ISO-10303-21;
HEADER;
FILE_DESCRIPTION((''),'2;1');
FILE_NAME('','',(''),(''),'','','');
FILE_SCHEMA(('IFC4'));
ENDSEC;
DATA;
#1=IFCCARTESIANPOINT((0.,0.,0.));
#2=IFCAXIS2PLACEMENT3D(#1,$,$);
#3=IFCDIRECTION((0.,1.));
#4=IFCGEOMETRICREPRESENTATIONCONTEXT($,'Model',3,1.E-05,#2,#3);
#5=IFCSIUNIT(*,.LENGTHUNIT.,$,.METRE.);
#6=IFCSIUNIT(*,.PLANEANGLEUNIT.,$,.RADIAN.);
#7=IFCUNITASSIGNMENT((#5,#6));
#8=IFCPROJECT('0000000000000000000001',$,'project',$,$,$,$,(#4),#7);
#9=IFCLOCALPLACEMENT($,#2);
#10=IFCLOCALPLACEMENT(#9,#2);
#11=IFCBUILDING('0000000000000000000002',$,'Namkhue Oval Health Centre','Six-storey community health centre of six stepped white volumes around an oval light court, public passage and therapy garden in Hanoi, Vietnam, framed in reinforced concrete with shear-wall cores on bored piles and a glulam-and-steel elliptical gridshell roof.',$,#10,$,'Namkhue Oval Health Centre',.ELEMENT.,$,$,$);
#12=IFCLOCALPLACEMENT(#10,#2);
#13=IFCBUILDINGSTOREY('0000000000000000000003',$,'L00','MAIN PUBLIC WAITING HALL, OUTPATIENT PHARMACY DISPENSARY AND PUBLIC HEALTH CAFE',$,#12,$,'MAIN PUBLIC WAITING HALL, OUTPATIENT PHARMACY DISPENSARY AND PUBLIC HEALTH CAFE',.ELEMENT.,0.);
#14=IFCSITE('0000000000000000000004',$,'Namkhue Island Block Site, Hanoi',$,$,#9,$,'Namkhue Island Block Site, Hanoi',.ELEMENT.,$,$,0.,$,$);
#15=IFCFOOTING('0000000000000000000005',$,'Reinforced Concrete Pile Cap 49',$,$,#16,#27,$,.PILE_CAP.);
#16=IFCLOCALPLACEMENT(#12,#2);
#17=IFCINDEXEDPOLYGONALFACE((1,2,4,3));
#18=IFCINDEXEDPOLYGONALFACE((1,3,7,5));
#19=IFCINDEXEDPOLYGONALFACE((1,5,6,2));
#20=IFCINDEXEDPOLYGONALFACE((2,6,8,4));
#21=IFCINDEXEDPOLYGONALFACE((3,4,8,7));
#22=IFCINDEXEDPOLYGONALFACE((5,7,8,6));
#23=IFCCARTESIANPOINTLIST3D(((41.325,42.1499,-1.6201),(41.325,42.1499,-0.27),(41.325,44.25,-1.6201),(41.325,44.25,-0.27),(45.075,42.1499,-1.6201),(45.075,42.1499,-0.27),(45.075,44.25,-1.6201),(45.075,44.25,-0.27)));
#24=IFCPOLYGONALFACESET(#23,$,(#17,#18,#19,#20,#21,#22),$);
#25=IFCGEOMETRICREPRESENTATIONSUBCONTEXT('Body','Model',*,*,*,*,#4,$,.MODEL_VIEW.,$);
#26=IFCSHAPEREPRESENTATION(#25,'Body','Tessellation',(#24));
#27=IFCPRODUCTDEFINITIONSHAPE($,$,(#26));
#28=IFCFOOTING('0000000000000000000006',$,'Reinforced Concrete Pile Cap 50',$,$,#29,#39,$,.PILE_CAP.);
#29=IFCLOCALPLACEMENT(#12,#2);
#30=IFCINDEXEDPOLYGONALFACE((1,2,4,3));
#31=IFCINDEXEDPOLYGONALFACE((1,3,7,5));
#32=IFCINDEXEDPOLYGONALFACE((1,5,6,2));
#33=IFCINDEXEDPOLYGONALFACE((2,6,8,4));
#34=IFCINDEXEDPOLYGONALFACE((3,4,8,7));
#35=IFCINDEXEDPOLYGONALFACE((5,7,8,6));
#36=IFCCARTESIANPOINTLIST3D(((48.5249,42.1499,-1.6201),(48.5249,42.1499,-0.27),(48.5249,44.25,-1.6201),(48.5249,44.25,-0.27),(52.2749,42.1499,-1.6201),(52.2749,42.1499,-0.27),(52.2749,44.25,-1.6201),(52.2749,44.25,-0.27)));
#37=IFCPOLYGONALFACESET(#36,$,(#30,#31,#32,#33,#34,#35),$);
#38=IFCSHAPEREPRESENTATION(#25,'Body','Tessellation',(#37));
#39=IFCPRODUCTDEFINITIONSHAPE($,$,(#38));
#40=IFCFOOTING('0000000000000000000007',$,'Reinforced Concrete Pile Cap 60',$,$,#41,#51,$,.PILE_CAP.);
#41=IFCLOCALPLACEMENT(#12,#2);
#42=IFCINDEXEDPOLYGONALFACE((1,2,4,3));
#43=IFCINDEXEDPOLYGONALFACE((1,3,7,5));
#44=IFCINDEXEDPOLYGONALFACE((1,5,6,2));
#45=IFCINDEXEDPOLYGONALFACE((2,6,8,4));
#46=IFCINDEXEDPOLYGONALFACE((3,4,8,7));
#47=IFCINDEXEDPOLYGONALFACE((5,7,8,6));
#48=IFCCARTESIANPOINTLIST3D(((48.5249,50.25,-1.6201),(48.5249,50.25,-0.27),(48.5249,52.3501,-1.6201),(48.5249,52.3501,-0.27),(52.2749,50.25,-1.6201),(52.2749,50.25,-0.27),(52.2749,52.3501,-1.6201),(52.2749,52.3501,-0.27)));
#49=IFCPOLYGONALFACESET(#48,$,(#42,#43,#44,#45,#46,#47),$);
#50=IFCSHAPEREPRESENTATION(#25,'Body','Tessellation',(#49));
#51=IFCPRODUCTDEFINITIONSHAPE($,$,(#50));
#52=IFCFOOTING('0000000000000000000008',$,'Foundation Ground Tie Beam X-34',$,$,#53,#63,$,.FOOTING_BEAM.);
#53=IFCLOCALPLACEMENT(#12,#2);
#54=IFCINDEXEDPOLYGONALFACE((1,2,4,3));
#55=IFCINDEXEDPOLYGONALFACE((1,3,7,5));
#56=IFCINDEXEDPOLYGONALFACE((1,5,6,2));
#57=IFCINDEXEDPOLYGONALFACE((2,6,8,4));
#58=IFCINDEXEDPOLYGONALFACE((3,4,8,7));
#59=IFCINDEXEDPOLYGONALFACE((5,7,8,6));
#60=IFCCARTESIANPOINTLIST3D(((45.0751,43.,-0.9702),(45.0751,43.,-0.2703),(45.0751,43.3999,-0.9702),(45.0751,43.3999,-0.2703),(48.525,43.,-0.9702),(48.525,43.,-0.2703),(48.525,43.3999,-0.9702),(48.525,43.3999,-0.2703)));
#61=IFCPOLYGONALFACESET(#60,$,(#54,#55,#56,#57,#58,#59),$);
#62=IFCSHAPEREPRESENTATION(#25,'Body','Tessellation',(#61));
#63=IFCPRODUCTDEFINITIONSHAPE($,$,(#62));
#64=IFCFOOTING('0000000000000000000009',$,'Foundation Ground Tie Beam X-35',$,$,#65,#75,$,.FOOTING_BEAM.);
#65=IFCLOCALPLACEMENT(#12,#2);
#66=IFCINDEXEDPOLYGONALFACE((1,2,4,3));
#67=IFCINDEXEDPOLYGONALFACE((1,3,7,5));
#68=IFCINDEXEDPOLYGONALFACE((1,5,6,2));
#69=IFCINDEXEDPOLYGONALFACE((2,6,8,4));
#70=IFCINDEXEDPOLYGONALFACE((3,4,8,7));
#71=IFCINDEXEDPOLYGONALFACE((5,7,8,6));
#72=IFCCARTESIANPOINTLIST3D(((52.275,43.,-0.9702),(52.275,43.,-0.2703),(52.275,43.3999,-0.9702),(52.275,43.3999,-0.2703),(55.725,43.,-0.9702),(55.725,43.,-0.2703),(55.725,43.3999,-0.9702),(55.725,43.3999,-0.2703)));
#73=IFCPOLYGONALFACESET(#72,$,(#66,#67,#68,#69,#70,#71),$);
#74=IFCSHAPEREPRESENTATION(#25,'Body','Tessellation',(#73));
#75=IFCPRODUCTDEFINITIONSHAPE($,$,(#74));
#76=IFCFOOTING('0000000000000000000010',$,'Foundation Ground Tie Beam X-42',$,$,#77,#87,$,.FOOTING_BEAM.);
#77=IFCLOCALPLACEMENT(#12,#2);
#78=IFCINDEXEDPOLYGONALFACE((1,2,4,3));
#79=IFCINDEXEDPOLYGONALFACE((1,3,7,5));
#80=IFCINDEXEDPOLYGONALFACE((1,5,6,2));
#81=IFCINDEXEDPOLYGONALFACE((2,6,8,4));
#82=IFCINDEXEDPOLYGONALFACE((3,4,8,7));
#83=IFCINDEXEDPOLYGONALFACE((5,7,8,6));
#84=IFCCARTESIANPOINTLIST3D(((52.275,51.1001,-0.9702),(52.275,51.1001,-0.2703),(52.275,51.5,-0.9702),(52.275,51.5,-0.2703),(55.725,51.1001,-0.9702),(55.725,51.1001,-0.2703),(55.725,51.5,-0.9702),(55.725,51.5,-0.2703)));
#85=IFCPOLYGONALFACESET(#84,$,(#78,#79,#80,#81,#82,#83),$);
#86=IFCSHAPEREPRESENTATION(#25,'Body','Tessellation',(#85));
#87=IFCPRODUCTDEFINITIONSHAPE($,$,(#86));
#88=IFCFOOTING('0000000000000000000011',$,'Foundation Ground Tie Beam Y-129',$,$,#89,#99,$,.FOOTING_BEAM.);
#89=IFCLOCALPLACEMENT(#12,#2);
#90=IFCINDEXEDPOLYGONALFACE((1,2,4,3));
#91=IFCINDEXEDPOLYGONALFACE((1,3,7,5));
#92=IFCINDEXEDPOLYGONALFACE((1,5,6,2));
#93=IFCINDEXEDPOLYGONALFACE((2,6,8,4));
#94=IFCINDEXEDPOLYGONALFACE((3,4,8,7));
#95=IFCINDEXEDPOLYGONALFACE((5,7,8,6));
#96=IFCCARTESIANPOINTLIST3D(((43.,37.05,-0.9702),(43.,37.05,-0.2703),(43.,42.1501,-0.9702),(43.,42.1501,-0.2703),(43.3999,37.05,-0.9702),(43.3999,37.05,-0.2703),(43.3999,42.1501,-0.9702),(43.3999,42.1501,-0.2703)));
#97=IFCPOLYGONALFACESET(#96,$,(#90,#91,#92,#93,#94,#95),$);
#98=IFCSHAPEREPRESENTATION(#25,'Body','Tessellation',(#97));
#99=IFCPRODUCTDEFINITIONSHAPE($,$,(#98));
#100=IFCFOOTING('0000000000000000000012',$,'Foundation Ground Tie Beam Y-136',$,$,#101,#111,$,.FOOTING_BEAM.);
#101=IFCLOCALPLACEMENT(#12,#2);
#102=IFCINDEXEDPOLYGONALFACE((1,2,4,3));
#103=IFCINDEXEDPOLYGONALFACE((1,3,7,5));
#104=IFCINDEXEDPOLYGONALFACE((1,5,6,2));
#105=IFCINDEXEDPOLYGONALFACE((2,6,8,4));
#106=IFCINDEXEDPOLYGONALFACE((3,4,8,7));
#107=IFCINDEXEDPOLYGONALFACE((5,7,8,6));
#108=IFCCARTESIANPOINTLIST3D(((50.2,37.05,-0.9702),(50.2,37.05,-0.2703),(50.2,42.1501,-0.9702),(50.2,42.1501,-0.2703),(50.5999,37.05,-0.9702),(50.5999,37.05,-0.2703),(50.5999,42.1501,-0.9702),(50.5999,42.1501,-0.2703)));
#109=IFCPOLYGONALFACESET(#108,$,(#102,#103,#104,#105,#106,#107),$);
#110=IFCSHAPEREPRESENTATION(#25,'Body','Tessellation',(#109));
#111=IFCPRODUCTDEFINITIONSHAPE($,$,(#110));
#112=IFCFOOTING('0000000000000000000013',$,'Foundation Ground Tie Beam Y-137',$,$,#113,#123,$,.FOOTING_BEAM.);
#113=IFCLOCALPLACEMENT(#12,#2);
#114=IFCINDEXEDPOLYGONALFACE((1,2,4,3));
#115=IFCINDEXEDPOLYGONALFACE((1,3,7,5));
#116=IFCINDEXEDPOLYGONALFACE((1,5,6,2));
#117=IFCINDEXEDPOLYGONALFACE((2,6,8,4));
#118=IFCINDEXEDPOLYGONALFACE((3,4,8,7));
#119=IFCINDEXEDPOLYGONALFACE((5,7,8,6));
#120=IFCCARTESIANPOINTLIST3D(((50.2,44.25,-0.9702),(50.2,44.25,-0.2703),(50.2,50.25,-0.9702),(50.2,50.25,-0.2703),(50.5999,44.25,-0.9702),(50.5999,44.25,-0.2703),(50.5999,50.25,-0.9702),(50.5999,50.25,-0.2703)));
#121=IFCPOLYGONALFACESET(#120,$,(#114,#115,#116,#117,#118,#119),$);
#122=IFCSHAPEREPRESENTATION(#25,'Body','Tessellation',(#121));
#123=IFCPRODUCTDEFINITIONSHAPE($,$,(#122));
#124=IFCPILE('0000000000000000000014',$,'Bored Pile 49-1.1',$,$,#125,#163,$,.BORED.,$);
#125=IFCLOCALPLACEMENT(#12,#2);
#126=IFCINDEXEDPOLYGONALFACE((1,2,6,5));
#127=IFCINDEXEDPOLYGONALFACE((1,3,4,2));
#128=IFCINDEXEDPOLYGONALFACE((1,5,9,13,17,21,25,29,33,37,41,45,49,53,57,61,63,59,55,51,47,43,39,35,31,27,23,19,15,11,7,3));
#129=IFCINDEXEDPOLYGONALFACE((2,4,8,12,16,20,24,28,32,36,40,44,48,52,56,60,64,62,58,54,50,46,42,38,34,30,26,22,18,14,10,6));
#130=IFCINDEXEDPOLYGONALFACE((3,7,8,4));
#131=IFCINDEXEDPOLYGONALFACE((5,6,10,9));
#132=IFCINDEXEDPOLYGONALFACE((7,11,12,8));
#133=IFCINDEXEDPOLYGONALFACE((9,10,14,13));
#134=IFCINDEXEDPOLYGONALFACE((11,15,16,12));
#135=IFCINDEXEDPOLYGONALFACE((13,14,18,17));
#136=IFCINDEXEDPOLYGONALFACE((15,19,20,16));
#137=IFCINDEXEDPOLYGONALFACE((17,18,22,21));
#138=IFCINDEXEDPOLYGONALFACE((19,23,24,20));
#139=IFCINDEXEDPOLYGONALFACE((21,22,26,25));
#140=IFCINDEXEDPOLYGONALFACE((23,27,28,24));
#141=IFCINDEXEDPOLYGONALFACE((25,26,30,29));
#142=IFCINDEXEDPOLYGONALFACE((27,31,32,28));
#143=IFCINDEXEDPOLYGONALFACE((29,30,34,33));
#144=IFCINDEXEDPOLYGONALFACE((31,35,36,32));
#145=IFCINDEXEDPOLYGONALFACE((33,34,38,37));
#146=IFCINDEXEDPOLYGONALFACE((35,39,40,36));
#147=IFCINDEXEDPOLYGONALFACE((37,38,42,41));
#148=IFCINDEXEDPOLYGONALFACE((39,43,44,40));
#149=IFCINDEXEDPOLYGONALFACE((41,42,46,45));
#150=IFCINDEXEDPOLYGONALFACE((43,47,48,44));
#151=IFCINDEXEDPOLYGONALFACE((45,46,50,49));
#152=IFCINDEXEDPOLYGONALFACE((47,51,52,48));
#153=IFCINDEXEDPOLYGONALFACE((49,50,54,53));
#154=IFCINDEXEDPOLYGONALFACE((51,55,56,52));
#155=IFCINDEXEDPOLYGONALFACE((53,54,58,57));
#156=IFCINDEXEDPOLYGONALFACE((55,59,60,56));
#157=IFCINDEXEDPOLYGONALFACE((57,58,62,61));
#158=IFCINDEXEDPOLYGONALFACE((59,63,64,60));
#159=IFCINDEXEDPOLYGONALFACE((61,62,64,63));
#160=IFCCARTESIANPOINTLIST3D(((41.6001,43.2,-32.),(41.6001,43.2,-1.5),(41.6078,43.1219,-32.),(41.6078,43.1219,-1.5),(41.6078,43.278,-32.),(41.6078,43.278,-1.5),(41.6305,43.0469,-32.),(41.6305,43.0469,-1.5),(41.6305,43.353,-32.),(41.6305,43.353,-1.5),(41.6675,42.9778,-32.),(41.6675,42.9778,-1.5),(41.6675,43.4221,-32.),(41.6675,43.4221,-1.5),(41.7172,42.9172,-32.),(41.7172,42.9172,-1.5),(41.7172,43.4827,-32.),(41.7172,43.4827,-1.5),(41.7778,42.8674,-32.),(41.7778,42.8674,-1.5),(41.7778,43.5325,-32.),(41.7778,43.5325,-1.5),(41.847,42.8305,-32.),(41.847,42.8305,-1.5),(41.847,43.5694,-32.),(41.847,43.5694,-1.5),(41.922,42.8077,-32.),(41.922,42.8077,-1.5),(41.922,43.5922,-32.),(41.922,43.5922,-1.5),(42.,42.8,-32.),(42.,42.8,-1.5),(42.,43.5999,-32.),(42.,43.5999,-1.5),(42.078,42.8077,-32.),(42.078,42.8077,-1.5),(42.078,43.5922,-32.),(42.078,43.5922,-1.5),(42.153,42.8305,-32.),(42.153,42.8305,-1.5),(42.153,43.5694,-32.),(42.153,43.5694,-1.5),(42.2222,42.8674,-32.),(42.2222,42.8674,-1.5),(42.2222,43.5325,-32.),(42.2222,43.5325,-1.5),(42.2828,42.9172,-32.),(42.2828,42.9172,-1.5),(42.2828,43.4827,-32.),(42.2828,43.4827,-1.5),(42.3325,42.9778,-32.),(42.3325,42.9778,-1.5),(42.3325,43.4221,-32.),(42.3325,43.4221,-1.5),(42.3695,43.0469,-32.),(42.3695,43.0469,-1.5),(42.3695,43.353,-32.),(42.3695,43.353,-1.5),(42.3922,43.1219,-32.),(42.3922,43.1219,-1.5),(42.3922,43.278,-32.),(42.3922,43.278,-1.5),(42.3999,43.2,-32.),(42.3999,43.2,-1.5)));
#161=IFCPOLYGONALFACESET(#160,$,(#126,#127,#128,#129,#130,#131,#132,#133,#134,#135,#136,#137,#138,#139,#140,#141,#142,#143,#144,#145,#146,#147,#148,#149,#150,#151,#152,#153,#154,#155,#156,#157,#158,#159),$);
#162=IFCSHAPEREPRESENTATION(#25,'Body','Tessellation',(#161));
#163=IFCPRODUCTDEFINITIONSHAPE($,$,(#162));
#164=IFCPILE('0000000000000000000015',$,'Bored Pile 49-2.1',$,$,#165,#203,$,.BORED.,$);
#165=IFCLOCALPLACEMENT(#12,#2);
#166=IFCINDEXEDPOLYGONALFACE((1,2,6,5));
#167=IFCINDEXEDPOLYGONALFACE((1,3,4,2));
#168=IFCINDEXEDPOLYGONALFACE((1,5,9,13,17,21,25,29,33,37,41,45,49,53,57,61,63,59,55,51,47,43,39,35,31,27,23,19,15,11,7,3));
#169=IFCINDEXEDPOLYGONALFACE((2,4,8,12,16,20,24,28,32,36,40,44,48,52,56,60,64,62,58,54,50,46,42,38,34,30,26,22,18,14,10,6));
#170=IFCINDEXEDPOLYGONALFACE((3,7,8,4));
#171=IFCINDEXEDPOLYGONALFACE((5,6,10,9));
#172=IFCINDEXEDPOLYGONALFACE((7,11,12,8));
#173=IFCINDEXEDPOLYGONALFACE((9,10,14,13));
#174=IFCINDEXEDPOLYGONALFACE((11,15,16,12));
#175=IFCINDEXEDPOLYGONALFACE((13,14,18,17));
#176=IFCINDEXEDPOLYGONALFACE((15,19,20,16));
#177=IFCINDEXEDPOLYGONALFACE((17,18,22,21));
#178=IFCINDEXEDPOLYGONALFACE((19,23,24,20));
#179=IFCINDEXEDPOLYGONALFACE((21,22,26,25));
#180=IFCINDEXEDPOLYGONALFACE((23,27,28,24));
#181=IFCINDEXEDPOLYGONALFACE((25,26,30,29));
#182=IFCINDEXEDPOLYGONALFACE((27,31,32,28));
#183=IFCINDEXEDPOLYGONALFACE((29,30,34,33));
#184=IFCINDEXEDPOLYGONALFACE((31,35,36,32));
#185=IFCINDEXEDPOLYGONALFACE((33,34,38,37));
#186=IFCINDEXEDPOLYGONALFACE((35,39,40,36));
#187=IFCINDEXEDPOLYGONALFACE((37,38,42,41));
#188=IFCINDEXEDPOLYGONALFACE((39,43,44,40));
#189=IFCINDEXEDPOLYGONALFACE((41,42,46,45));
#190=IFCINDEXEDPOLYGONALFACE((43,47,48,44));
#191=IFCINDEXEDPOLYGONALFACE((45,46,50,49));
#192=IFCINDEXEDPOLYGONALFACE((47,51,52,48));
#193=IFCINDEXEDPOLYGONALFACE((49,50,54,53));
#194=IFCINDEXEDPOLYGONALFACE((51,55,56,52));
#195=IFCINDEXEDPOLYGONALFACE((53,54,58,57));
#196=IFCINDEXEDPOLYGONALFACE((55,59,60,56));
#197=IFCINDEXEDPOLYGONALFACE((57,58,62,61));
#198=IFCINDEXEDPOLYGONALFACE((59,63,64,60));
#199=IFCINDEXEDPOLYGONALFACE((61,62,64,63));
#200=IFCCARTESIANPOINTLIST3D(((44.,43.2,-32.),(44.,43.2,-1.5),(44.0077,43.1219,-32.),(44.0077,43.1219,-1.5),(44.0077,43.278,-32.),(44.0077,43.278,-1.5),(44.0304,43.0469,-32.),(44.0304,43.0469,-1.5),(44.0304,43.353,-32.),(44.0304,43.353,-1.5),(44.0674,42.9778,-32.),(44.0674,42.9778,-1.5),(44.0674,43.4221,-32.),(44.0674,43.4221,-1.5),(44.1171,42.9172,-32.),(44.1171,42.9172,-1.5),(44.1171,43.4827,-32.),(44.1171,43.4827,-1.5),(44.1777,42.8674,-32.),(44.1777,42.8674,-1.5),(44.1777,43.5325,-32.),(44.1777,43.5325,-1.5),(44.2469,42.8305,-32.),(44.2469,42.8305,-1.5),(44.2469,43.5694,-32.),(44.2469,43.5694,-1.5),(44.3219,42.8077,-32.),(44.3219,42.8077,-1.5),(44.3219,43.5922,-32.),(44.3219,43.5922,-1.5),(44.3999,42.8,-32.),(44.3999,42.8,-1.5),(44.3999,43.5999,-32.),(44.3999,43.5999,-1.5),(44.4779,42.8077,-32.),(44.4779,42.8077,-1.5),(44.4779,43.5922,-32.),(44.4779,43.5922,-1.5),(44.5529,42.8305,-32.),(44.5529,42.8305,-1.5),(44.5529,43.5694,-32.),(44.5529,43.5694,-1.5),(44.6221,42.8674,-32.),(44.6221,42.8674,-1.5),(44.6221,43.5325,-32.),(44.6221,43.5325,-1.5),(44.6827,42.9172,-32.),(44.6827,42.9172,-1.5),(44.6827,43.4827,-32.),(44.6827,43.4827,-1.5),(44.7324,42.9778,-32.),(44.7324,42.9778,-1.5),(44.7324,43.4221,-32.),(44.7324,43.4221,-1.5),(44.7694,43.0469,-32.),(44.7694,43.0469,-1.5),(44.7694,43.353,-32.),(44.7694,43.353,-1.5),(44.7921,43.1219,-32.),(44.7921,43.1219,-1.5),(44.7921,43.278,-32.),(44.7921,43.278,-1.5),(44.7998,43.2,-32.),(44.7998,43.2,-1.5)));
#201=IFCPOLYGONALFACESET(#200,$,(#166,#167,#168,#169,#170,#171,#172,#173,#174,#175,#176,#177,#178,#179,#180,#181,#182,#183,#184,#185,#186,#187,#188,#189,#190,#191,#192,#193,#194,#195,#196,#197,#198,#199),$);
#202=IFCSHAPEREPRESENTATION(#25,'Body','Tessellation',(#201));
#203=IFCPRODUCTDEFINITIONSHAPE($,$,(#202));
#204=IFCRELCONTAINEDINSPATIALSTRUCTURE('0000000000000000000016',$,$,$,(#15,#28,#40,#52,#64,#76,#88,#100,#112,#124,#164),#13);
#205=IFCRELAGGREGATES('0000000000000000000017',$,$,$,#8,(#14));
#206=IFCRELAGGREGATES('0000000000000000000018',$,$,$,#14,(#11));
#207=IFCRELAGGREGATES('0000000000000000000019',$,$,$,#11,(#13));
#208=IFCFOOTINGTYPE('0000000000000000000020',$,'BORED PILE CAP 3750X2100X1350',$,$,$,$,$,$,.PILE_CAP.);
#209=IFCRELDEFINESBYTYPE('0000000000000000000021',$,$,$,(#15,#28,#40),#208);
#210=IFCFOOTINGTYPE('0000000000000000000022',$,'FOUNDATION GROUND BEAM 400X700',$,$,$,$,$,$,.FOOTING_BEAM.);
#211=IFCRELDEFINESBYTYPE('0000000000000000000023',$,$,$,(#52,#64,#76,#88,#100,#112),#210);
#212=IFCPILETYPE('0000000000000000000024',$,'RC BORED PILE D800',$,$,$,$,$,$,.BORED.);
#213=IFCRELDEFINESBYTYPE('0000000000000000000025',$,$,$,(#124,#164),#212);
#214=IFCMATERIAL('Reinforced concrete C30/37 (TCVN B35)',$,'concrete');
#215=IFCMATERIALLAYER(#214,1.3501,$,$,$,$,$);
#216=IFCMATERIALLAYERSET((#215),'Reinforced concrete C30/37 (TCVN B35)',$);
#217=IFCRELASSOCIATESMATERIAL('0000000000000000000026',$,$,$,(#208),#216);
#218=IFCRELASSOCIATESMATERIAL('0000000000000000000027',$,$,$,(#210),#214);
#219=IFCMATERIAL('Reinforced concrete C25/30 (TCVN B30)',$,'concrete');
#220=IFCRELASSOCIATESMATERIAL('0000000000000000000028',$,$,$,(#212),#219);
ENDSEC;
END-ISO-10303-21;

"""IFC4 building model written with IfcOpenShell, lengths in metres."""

from ifc_helpers import new_model, si_unit, direction, frame, origin, origin_2d, place, context, subcontext, project, spatial, rectangle, circle, extrude, material, layer, layer_set, material_profile, profile_set, type_object, element, save


model = new_model("IFC4")

# Units and contexts
model_context = context("Model", 3, precision=1e-05, world=origin(), true_north=direction((0.0, 1.0)))
body_context = subcontext(model_context, "Body", "Model", "MODEL_VIEW")
ifc_project = project(units=[si_unit("LENGTHUNIT", "METRE"), si_unit("PLANEANGLEUNIT", "RADIAN")], contexts=[model_context])

# Site, building, storey
site_placement = place(None, origin())
site = spatial("IfcSite", under=ifc_project, at=site_placement, Name="Namkhue Island Block Site, Hanoi", LongName="Namkhue Island Block Site, Hanoi", CompositionType="ELEMENT", RefElevation=0.0)
building_placement = place(site_placement, origin())
building = spatial("IfcBuilding", under=site, at=building_placement, Name="Namkhue Oval Health Centre", Description="Six-storey community health centre of six stepped white volumes around an oval light court, public passage and therapy garden in Hanoi, Vietnam, framed in reinforced concrete with shear-wall cores on bored piles and a glulam-and-steel elliptical gridshell roof.", LongName="Namkhue Oval Health Centre", CompositionType="ELEMENT")
storey_placement = place(building_placement, origin())
storey = spatial("IfcBuildingStorey", under=building, at=storey_placement, Name="L00", Description="MAIN PUBLIC WAITING HALL, OUTPATIENT PHARMACY DISPENSARY AND PUBLIC HEALTH CAFE", LongName="MAIN PUBLIC WAITING HALL, OUTPATIENT PHARMACY DISPENSARY AND PUBLIC HEALTH CAFE", CompositionType="ELEMENT", Elevation=0.0)

# Footings
ifc_material_1 = material(Name="Reinforced concrete C30/37 (TCVN B35)", Category="concrete")
ifc_layer = layer(ifc_material_1, 1.3501)
ifc_layer_set = layer_set([ifc_layer], Name="Reinforced concrete C30/37 (TCVN B35)")
footing_type_1 = type_object("IfcFootingType", Name="BORED PILE CAP 3750X2100X1350", PredefinedType="PILE_CAP", material=ifc_layer_set)
for number, where, z_axis, x_axis, name in (
    (1, (43.2, 43.2, -1.6201), (0.0, 0.0, 1.0), (1.0, 0.0, 0.0), "Reinforced Concrete Pile Cap 49"),
    (2, (50.3999, 43.2, -1.6201), (0.0, 0.0, 1.0), (1.0, 0.0, 0.0), "Reinforced Concrete Pile Cap 50"),
    (3, (50.3999, 51.3, -1.6201), (0.0, 0.0, 1.0), (1.0, 0.0, 0.0), "Reinforced Concrete Pile Cap 60"),
):
    element("IfcFooting", number, at=place(storey_placement, frame(where, z_axis=z_axis, x_axis=x_axis)), inside=storey, type_object=footing_type_1, Name=name, PredefinedType="PILE_CAP", context=body_context, shape_type="SweptSolid", body=[
        extrude(rectangle(XDim=3.75, YDim=2.1001, at=origin_2d()), origin(), (0.0, 0.0, 1.0), 1.3501),
    ])
footing_type_2 = type_object("IfcFootingType", Name="FOUNDATION GROUND BEAM 400X700", PredefinedType="FOOTING_BEAM", material=ifc_material_1)
for number, where, z_axis, x_axis, name in (
    (4, (46.8, 43.2, -0.9702), (0.0, 0.0, 1.0), (1.0, 0.0, 0.0), "Foundation Ground Tie Beam X-34"),
    (5, (54.0, 43.2, -0.9702), (0.0, 0.0, 1.0), (1.0, 0.0, 0.0), "Foundation Ground Tie Beam X-35"),
    (6, (54.0, 51.3, -0.9702), (0.0, 0.0, 1.0), (1.0, 0.0, 0.0), "Foundation Ground Tie Beam X-42"),
):
    element("IfcFooting", number, at=place(storey_placement, frame(where, z_axis=z_axis, x_axis=x_axis)), inside=storey, type_object=footing_type_2, Name=name, PredefinedType="FOOTING_BEAM", context=body_context, shape_type="SweptSolid", body=[
        extrude(rectangle(XDim=3.45, YDim=0.3999, at=origin_2d()), origin(), (0.0, 0.0, 1.0), 0.7),
    ])
for number, where, z_axis, x_axis, name in (
    (7, (43.2, 39.6001, -0.9702), (0.0, 0.0, 1.0), (0.0, 1.0, 0.0), "Foundation Ground Tie Beam Y-129"),
    (8, (50.3999, 39.6001, -0.9702), (0.0, 0.0, 1.0), (0.0, 1.0, 0.0), "Foundation Ground Tie Beam Y-136"),
):
    element("IfcFooting", number, at=place(storey_placement, frame(where, z_axis=z_axis, x_axis=x_axis)), inside=storey, type_object=footing_type_2, Name=name, PredefinedType="FOOTING_BEAM", context=body_context, shape_type="SweptSolid", body=[
        extrude(rectangle(XDim=5.1001, YDim=0.3999, at=origin_2d()), origin(), (0.0, 0.0, 1.0), 0.7),
    ])
footing_placement = place(storey_placement, frame((50.3999, 47.25, -0.9702), z_axis=(0.0, 0.0, 1.0), x_axis=(0.0, 1.0, 0.0)))
element("IfcFooting", 9, at=footing_placement, inside=storey, type_object=footing_type_2, Name="Foundation Ground Tie Beam Y-137", PredefinedType="FOOTING_BEAM", context=body_context, shape_type="SweptSolid", body=[
    extrude(rectangle(XDim=6.0, YDim=0.3999, at=origin_2d()), origin(), (0.0, 0.0, 1.0), 0.7),
])

# Piles
ifc_material_2 = material(Name="Reinforced concrete C25/30 (TCVN B30)", Category="concrete")
ifc_material_profile_1 = material_profile(ifc_material_2, circle(Radius=0.3999, at=origin_2d()), Name="BORED PILE D800")
ifc_profile_set_1 = profile_set([ifc_material_profile_1], Name="Reinforced concrete C25/30 (TCVN B30)")
pile_type = type_object("IfcPileType", Name="RC BORED PILE D800", PredefinedType="BORED", material=ifc_profile_set_1)
for number, where, z_axis, x_axis, name in (
    (10, (42.0, 43.2, -1.5), (0.0, 0.0, -1.0), (1.0, 0.0, 0.0), "Bored Pile 49-1.1"),
    (11, (44.3999, 43.2, -1.5), (0.0, 0.0, -1.0), (1.0, 0.0, 0.0), "Bored Pile 49-2.1"),
):
    element("IfcPile", number, at=place(storey_placement, frame(where, z_axis=z_axis, x_axis=x_axis)), inside=storey, type_object=pile_type, Name=name, PredefinedType="BORED", context=body_context, shape_type="SweptSolid", body=[
        extrude(circle(Radius=0.3999, at=origin_2d()), origin(), (0.0, 0.0, 1.0), 30.5),
    ])

save(model, "model.ifc")
